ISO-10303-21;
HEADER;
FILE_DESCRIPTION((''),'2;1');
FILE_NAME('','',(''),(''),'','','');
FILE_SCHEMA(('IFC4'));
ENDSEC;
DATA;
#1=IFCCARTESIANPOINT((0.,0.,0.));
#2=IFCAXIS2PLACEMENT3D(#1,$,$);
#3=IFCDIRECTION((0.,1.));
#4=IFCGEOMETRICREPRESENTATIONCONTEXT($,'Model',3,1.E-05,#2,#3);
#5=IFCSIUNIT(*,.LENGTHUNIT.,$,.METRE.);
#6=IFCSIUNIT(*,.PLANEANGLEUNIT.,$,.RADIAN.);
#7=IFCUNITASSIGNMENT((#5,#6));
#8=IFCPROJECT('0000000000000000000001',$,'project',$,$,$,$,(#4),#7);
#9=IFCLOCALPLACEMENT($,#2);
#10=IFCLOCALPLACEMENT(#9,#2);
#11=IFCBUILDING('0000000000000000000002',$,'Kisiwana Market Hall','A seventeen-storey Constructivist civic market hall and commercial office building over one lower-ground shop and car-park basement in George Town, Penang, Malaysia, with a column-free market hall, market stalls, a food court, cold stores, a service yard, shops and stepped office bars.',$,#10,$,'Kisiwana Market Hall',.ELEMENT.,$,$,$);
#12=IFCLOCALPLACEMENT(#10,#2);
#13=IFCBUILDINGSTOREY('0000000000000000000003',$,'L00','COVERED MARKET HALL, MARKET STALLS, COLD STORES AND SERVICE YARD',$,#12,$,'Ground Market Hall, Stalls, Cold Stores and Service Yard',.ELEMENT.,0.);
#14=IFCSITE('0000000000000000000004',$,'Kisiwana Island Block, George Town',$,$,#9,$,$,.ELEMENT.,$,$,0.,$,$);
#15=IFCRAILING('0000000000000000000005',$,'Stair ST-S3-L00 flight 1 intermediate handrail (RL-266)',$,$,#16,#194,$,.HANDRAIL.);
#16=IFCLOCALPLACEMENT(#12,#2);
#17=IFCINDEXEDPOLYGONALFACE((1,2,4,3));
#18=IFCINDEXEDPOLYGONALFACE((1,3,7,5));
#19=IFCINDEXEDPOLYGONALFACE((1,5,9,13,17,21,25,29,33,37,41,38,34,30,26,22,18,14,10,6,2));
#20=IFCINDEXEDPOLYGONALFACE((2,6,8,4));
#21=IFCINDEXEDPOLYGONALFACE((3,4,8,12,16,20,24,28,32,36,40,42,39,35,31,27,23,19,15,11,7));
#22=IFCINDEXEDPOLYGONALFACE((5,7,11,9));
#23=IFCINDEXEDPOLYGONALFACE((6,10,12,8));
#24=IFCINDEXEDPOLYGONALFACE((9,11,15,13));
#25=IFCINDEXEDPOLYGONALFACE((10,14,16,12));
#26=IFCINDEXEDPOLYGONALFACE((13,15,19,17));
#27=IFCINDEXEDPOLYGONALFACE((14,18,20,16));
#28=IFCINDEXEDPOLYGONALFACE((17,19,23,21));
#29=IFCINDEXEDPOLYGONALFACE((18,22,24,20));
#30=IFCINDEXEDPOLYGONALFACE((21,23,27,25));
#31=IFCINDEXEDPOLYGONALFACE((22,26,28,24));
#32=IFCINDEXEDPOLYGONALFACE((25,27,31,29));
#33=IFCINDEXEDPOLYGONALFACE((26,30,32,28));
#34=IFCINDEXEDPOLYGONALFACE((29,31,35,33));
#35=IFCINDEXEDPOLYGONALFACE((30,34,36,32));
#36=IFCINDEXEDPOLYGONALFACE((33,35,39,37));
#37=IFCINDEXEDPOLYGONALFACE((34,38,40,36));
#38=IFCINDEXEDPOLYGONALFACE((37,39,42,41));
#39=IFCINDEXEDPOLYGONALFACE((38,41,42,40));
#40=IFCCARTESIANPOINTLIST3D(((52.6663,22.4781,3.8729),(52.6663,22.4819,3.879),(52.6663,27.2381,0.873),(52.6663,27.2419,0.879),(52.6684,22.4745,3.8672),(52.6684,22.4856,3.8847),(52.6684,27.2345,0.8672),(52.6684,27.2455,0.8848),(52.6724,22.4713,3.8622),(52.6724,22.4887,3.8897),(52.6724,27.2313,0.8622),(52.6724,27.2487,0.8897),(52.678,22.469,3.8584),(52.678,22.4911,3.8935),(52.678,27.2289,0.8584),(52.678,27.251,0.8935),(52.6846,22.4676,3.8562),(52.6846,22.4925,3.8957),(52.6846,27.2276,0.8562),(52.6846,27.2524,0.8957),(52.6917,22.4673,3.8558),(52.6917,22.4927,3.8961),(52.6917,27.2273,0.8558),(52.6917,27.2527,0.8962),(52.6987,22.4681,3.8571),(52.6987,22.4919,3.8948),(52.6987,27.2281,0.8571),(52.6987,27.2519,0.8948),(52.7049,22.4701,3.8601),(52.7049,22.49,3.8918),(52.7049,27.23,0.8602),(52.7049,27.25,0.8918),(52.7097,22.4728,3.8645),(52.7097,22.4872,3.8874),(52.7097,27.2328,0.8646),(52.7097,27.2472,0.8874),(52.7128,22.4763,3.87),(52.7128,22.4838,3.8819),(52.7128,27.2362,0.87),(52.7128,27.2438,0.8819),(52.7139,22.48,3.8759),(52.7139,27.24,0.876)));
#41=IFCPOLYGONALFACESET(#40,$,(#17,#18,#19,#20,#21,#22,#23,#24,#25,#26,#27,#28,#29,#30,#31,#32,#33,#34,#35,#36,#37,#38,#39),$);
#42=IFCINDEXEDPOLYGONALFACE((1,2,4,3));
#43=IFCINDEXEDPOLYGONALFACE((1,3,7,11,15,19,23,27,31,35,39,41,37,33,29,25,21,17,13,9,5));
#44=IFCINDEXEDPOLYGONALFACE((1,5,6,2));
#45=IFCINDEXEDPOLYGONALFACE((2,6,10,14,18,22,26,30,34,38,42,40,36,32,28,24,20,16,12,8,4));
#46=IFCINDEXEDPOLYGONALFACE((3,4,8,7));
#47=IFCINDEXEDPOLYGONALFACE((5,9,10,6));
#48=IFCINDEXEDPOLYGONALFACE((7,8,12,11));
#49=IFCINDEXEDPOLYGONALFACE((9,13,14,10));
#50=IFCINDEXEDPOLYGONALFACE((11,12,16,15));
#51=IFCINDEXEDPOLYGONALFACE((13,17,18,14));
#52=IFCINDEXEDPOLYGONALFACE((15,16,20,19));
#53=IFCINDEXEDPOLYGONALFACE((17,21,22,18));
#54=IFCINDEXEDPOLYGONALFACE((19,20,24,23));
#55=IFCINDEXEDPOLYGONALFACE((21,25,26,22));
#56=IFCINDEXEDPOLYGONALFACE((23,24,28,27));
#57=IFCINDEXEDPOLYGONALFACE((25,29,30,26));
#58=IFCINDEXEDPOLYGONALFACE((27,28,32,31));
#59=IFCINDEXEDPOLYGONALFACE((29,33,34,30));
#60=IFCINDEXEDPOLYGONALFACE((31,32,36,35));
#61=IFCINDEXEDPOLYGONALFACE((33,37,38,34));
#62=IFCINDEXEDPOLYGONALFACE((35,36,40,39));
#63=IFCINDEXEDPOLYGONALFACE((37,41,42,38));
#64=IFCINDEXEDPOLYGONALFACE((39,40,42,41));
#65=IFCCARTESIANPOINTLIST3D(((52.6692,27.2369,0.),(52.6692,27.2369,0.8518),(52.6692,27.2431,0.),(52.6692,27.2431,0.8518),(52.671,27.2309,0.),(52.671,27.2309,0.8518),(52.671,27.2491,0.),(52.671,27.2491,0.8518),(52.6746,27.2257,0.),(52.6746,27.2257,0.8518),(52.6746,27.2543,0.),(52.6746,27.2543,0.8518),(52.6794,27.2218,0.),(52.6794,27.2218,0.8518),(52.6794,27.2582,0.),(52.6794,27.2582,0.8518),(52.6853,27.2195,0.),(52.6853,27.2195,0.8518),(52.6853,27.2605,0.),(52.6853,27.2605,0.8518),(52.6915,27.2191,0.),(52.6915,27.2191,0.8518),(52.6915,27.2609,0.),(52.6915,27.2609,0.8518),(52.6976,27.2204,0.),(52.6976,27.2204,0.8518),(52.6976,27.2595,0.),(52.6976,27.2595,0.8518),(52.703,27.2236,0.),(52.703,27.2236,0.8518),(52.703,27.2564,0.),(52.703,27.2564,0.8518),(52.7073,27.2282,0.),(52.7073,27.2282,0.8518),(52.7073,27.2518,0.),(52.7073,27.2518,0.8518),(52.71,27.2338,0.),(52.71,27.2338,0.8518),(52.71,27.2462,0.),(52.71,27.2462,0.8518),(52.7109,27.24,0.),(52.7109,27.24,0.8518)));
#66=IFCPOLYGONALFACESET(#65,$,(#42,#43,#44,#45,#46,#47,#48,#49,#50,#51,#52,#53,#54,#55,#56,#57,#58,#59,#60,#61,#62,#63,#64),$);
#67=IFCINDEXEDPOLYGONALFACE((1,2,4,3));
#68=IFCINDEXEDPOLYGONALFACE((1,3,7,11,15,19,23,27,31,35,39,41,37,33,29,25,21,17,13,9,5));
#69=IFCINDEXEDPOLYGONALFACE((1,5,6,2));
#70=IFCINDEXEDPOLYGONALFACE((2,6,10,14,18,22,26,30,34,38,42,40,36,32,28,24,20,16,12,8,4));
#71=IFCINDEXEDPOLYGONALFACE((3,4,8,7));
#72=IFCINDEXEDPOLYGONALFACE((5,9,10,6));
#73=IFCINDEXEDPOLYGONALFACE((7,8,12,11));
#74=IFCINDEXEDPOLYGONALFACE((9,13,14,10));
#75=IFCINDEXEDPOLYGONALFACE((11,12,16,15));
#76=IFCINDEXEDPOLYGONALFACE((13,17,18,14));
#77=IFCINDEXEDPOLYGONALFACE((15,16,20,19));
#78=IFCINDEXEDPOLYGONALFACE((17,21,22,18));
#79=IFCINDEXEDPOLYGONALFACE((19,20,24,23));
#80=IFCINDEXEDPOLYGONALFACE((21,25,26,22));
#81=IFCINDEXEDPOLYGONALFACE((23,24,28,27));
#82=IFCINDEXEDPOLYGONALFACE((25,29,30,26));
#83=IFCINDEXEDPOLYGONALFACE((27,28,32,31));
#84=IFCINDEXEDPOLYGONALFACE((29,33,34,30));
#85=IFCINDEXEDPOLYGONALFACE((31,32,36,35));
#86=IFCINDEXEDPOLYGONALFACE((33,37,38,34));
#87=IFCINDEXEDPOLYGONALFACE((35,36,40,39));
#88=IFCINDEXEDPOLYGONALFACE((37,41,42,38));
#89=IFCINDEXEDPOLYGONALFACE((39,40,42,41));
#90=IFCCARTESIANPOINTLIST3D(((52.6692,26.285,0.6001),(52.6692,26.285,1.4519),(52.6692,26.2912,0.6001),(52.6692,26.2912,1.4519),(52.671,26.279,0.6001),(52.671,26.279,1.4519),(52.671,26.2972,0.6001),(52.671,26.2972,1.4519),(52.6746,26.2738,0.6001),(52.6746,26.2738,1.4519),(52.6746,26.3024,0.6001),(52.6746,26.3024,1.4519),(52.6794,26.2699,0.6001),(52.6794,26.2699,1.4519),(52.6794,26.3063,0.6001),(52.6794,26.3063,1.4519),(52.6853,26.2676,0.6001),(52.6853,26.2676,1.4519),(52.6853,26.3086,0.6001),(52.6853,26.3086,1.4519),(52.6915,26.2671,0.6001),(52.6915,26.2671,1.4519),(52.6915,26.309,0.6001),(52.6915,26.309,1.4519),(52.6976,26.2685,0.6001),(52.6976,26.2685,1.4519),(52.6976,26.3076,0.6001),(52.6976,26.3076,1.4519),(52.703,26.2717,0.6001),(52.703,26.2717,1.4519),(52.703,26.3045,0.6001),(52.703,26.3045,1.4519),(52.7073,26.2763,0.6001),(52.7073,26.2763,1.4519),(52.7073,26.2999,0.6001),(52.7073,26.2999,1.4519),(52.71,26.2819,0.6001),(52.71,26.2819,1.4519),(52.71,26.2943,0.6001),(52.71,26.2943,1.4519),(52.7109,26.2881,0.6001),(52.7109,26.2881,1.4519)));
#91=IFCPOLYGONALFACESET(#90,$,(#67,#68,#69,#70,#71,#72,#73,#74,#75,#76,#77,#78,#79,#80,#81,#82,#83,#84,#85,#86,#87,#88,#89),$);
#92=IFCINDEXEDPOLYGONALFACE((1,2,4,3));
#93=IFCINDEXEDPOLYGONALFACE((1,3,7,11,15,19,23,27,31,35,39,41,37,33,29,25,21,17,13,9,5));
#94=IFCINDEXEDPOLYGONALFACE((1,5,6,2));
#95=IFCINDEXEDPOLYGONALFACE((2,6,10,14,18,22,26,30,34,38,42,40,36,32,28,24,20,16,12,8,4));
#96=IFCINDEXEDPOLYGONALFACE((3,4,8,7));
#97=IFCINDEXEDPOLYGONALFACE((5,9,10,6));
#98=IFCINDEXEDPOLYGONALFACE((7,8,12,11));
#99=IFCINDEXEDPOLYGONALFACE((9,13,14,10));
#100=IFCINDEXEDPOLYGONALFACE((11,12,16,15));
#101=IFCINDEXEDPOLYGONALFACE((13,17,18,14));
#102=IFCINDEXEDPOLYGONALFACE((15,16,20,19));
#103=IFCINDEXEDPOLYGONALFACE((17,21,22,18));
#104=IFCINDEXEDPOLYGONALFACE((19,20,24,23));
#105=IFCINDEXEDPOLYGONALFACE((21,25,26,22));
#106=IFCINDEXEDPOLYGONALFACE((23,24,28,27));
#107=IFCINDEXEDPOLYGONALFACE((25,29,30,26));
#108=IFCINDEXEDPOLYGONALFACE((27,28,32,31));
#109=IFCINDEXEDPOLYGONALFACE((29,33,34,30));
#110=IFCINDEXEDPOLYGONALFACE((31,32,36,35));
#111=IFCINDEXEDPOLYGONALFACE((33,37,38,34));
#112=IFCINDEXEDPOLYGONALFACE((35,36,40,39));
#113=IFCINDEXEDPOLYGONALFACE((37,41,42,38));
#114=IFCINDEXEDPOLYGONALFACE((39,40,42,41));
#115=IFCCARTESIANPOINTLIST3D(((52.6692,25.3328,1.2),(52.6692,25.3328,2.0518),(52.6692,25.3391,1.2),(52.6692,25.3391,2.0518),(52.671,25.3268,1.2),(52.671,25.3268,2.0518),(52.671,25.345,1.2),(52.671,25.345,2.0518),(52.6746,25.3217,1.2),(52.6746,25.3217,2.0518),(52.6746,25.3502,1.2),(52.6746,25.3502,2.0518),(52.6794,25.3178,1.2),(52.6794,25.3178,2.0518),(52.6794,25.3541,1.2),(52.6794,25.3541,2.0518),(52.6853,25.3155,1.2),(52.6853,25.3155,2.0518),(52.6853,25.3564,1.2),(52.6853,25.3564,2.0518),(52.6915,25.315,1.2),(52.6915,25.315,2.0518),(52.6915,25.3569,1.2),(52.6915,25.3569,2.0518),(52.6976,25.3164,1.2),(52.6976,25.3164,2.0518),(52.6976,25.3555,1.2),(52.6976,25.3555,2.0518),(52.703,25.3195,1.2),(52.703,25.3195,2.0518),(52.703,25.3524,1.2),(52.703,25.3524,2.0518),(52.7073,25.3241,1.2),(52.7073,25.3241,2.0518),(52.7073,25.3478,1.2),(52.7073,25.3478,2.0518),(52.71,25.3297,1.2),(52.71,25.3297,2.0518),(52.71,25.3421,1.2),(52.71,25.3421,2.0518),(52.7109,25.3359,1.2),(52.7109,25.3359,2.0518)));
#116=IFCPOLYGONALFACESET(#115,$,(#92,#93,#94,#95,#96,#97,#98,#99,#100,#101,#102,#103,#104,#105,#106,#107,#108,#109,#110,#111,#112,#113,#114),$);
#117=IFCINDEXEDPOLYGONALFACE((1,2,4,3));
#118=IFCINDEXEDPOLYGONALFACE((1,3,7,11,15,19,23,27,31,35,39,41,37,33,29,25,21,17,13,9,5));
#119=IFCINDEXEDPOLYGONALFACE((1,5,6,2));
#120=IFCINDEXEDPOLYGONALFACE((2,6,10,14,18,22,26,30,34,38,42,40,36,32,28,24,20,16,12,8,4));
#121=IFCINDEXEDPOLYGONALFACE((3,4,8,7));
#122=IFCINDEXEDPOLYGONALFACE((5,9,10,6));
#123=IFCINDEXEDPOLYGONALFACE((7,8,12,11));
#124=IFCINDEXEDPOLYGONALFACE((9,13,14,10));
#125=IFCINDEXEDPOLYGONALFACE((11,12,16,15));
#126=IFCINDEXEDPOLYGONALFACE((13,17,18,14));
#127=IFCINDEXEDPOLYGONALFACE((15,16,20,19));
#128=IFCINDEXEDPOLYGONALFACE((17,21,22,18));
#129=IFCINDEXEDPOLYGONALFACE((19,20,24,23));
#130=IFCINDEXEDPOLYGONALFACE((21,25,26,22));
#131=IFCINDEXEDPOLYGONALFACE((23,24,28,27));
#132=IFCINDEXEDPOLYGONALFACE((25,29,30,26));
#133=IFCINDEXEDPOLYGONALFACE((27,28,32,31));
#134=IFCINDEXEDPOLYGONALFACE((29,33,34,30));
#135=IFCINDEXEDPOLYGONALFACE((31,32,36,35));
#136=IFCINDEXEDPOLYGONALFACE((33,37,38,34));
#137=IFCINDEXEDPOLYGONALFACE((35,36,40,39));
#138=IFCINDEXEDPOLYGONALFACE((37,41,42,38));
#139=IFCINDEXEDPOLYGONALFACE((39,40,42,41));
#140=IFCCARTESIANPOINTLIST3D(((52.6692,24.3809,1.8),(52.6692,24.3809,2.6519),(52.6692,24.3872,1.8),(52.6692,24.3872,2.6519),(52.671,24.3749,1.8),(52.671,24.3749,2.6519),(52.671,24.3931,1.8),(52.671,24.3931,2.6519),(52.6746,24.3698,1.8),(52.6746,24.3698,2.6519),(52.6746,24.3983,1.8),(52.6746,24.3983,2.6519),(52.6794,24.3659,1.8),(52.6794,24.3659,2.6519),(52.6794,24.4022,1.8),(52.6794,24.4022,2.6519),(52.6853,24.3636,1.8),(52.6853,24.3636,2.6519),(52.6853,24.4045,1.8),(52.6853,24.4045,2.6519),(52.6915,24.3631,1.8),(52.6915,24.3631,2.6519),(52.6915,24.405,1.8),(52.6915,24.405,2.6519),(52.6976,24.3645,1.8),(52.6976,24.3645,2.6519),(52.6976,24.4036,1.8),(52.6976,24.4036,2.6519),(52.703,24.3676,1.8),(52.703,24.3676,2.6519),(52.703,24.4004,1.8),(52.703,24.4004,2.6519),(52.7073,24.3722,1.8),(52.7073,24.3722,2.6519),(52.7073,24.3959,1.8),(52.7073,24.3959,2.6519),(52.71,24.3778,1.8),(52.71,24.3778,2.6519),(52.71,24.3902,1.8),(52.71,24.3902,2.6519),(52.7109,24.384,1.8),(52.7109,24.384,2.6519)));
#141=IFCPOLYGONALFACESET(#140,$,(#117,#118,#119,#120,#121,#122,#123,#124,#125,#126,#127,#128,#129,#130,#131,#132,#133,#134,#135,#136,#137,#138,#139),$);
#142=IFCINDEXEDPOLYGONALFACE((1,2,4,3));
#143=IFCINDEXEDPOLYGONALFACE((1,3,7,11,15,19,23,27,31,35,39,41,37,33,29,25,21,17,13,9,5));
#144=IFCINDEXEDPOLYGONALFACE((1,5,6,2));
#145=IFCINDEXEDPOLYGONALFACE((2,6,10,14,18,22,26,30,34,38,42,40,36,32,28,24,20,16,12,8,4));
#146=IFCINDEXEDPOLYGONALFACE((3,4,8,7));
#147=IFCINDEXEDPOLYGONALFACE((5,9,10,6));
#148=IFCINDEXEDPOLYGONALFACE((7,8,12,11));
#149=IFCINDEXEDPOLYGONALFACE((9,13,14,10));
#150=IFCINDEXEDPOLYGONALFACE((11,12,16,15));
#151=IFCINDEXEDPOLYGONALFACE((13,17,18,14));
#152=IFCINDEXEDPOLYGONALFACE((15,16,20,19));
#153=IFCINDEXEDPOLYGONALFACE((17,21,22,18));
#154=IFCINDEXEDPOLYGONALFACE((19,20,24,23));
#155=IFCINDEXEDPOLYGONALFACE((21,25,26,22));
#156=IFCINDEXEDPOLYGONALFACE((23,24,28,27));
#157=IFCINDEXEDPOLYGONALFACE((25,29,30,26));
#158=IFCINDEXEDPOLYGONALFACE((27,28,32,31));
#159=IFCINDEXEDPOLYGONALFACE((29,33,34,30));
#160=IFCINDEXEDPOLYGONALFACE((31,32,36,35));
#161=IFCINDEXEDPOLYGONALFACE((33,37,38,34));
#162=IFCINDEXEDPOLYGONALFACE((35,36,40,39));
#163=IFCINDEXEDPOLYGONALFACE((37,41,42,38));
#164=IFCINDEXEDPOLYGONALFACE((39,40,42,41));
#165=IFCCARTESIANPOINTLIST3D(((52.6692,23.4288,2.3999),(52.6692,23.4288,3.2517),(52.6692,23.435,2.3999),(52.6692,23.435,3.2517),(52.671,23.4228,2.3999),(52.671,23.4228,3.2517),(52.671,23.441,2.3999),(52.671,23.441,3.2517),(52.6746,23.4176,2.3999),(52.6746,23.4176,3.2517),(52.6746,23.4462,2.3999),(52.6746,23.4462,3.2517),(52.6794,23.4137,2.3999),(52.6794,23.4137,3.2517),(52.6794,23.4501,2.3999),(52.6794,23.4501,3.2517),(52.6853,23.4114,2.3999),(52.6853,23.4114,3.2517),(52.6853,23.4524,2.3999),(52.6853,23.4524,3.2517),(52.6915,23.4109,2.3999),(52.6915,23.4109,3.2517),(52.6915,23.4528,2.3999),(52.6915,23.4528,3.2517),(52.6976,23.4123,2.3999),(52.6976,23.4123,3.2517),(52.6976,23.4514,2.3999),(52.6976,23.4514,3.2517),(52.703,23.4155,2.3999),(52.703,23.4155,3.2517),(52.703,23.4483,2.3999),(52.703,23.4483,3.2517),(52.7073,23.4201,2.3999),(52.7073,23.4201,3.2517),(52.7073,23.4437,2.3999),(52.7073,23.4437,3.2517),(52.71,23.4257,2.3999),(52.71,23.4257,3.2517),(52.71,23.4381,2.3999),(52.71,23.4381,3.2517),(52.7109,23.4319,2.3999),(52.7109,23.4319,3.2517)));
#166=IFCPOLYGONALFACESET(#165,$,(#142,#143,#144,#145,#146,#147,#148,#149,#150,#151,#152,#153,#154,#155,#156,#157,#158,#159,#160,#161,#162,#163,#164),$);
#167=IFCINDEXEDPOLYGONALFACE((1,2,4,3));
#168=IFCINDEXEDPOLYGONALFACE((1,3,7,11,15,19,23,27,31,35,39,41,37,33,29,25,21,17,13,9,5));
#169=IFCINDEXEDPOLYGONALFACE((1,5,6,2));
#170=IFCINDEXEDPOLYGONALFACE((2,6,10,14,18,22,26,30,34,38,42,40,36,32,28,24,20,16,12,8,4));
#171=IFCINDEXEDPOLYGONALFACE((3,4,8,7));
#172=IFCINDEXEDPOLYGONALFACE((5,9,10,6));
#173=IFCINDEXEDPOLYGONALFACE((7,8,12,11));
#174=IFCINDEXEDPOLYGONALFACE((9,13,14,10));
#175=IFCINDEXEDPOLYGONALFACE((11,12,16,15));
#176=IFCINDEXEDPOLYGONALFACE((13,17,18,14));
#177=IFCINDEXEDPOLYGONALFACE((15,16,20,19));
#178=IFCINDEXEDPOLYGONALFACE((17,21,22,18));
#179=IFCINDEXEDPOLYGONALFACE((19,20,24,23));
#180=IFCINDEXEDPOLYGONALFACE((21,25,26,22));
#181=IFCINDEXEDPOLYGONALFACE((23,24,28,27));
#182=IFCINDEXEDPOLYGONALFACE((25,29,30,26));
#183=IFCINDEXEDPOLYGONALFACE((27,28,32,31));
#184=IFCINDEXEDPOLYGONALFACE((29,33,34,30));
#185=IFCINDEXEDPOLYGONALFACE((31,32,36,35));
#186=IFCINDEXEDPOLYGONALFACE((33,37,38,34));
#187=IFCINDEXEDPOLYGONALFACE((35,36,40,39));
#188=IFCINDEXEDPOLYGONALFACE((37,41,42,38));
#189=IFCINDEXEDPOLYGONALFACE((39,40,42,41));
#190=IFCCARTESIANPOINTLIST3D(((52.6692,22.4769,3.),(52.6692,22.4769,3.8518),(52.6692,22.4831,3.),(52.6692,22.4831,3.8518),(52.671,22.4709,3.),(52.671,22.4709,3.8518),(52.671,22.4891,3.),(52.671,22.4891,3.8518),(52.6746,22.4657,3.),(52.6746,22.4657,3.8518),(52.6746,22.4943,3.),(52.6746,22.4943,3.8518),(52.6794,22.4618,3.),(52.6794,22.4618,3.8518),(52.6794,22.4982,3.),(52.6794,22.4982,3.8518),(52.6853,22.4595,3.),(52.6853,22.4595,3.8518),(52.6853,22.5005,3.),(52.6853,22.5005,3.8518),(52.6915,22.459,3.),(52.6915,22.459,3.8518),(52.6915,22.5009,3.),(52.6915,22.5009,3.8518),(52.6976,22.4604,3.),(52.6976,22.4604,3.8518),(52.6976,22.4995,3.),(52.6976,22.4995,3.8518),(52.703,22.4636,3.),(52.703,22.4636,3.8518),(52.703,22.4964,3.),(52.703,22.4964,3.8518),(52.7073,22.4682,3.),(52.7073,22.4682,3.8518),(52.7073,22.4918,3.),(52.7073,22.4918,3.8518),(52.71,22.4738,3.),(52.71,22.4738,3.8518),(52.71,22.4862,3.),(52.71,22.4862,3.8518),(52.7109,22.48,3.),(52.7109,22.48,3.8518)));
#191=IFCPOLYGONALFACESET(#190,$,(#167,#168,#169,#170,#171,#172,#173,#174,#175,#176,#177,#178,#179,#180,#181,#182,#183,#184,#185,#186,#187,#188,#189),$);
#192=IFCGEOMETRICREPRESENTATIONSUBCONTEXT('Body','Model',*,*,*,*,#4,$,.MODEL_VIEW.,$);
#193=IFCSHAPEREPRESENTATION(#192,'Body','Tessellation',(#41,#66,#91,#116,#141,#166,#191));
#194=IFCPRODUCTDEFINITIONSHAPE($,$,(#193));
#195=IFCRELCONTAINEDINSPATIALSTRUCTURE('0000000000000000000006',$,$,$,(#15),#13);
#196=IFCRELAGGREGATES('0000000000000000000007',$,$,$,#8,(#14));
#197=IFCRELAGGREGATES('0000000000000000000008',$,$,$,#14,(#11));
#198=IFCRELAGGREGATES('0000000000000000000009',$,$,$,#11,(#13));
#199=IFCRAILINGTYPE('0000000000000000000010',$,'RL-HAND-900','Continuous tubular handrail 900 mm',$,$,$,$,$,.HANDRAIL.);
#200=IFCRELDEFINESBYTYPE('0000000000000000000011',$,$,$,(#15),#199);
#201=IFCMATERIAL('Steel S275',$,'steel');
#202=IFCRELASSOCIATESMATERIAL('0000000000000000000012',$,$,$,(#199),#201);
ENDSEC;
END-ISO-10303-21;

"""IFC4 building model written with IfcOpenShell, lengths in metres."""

from ifc_helpers import new_model, si_unit, direction, frame, origin, origin_2d, place, context, subcontext, project, spatial, circle, extrude, material, type_object, element, save


model = new_model("IFC4")

# Units and contexts
model_context = context("Model", 3, precision=1e-05, world=origin(), true_north=direction((0.0, 1.0)))
body_context = subcontext(model_context, "Body", "Model", "MODEL_VIEW")
ifc_project = project(units=[si_unit("LENGTHUNIT", "METRE"), si_unit("PLANEANGLEUNIT", "RADIAN")], contexts=[model_context])

# Site, building, storey
site_placement = place(None, origin())
site = spatial("IfcSite", under=ifc_project, at=site_placement, Name="Kisiwana Island Block, George Town", CompositionType="ELEMENT", RefElevation=0.0)
building_placement = place(site_placement, origin())
building = spatial("IfcBuilding", under=site, at=building_placement, Name="Kisiwana Market Hall", Description="A seventeen-storey Constructivist civic market hall and commercial office building over one lower-ground shop and car-park basement in George Town, Penang, Malaysia, with a column-free market hall, market stalls, a food court, cold stores, a service yard, shops and stepped office bars.", LongName="Kisiwana Market Hall", CompositionType="ELEMENT")
storey_placement = place(building_placement, origin())
storey = spatial("IfcBuildingStorey", under=building, at=storey_placement, Name="L00", Description="COVERED MARKET HALL, MARKET STALLS, COLD STORES AND SERVICE YARD", LongName="Ground Market Hall, Stalls, Cold Stores and Service Yard", CompositionType="ELEMENT", Elevation=0.0)

# Railing
ifc_material_1 = material(Name="Steel S275", Category="steel")
railing_type_1 = type_object("IfcRailingType", Name="RL-HAND-900", Description="Continuous tubular handrail 900 mm", PredefinedType="HANDRAIL", material=ifc_material_1)
for number, where, name in (
    (1, (52.6899, 27.24, 0.0), "Stair ST-S3-L00 flight 1 intermediate handrail (RL-266)"),
):
    element("IfcRailing", number, at=place(storey_placement, frame(where)), inside=storey, type_object=railing_type_1, Name=name, PredefinedType="HANDRAIL", context=body_context, shape_type="SweptSolid", body=[
        extrude(circle(Radius=0.0239, at=origin_2d()), frame((0.0, 0.0, 0.876), z_axis=(0.0, -0.845996, 0.53319), x_axis=(1.0, 0.0, 0.0)), (0.0, 0.0, 1.0), 5.6265),
        extrude(circle(Radius=0.021, at=origin_2d()), origin(), (0.0, 0.0, 1.0), 0.8518),
        extrude(circle(Radius=0.021, at=origin_2d()), frame((0.0, -0.9519, 0.6001)), (0.0, 0.0, 1.0), 0.8518),
        extrude(circle(Radius=0.021, at=origin_2d()), frame((0.0, -1.9041, 1.2)), (0.0, 0.0, 1.0), 0.8518),
        extrude(circle(Radius=0.021, at=origin_2d()), frame((0.0, -2.856, 1.8)), (0.0, 0.0, 1.0), 0.8518),
        extrude(circle(Radius=0.021, at=origin_2d()), frame((0.0, -3.8081, 2.3999)), (0.0, 0.0, 1.0), 0.8518),
        extrude(circle(Radius=0.021, at=origin_2d()), frame((0.0, -4.76, 3.0)), (0.0, 0.0, 1.0), 0.8518),
    ])

save(model, "model.ifc")
